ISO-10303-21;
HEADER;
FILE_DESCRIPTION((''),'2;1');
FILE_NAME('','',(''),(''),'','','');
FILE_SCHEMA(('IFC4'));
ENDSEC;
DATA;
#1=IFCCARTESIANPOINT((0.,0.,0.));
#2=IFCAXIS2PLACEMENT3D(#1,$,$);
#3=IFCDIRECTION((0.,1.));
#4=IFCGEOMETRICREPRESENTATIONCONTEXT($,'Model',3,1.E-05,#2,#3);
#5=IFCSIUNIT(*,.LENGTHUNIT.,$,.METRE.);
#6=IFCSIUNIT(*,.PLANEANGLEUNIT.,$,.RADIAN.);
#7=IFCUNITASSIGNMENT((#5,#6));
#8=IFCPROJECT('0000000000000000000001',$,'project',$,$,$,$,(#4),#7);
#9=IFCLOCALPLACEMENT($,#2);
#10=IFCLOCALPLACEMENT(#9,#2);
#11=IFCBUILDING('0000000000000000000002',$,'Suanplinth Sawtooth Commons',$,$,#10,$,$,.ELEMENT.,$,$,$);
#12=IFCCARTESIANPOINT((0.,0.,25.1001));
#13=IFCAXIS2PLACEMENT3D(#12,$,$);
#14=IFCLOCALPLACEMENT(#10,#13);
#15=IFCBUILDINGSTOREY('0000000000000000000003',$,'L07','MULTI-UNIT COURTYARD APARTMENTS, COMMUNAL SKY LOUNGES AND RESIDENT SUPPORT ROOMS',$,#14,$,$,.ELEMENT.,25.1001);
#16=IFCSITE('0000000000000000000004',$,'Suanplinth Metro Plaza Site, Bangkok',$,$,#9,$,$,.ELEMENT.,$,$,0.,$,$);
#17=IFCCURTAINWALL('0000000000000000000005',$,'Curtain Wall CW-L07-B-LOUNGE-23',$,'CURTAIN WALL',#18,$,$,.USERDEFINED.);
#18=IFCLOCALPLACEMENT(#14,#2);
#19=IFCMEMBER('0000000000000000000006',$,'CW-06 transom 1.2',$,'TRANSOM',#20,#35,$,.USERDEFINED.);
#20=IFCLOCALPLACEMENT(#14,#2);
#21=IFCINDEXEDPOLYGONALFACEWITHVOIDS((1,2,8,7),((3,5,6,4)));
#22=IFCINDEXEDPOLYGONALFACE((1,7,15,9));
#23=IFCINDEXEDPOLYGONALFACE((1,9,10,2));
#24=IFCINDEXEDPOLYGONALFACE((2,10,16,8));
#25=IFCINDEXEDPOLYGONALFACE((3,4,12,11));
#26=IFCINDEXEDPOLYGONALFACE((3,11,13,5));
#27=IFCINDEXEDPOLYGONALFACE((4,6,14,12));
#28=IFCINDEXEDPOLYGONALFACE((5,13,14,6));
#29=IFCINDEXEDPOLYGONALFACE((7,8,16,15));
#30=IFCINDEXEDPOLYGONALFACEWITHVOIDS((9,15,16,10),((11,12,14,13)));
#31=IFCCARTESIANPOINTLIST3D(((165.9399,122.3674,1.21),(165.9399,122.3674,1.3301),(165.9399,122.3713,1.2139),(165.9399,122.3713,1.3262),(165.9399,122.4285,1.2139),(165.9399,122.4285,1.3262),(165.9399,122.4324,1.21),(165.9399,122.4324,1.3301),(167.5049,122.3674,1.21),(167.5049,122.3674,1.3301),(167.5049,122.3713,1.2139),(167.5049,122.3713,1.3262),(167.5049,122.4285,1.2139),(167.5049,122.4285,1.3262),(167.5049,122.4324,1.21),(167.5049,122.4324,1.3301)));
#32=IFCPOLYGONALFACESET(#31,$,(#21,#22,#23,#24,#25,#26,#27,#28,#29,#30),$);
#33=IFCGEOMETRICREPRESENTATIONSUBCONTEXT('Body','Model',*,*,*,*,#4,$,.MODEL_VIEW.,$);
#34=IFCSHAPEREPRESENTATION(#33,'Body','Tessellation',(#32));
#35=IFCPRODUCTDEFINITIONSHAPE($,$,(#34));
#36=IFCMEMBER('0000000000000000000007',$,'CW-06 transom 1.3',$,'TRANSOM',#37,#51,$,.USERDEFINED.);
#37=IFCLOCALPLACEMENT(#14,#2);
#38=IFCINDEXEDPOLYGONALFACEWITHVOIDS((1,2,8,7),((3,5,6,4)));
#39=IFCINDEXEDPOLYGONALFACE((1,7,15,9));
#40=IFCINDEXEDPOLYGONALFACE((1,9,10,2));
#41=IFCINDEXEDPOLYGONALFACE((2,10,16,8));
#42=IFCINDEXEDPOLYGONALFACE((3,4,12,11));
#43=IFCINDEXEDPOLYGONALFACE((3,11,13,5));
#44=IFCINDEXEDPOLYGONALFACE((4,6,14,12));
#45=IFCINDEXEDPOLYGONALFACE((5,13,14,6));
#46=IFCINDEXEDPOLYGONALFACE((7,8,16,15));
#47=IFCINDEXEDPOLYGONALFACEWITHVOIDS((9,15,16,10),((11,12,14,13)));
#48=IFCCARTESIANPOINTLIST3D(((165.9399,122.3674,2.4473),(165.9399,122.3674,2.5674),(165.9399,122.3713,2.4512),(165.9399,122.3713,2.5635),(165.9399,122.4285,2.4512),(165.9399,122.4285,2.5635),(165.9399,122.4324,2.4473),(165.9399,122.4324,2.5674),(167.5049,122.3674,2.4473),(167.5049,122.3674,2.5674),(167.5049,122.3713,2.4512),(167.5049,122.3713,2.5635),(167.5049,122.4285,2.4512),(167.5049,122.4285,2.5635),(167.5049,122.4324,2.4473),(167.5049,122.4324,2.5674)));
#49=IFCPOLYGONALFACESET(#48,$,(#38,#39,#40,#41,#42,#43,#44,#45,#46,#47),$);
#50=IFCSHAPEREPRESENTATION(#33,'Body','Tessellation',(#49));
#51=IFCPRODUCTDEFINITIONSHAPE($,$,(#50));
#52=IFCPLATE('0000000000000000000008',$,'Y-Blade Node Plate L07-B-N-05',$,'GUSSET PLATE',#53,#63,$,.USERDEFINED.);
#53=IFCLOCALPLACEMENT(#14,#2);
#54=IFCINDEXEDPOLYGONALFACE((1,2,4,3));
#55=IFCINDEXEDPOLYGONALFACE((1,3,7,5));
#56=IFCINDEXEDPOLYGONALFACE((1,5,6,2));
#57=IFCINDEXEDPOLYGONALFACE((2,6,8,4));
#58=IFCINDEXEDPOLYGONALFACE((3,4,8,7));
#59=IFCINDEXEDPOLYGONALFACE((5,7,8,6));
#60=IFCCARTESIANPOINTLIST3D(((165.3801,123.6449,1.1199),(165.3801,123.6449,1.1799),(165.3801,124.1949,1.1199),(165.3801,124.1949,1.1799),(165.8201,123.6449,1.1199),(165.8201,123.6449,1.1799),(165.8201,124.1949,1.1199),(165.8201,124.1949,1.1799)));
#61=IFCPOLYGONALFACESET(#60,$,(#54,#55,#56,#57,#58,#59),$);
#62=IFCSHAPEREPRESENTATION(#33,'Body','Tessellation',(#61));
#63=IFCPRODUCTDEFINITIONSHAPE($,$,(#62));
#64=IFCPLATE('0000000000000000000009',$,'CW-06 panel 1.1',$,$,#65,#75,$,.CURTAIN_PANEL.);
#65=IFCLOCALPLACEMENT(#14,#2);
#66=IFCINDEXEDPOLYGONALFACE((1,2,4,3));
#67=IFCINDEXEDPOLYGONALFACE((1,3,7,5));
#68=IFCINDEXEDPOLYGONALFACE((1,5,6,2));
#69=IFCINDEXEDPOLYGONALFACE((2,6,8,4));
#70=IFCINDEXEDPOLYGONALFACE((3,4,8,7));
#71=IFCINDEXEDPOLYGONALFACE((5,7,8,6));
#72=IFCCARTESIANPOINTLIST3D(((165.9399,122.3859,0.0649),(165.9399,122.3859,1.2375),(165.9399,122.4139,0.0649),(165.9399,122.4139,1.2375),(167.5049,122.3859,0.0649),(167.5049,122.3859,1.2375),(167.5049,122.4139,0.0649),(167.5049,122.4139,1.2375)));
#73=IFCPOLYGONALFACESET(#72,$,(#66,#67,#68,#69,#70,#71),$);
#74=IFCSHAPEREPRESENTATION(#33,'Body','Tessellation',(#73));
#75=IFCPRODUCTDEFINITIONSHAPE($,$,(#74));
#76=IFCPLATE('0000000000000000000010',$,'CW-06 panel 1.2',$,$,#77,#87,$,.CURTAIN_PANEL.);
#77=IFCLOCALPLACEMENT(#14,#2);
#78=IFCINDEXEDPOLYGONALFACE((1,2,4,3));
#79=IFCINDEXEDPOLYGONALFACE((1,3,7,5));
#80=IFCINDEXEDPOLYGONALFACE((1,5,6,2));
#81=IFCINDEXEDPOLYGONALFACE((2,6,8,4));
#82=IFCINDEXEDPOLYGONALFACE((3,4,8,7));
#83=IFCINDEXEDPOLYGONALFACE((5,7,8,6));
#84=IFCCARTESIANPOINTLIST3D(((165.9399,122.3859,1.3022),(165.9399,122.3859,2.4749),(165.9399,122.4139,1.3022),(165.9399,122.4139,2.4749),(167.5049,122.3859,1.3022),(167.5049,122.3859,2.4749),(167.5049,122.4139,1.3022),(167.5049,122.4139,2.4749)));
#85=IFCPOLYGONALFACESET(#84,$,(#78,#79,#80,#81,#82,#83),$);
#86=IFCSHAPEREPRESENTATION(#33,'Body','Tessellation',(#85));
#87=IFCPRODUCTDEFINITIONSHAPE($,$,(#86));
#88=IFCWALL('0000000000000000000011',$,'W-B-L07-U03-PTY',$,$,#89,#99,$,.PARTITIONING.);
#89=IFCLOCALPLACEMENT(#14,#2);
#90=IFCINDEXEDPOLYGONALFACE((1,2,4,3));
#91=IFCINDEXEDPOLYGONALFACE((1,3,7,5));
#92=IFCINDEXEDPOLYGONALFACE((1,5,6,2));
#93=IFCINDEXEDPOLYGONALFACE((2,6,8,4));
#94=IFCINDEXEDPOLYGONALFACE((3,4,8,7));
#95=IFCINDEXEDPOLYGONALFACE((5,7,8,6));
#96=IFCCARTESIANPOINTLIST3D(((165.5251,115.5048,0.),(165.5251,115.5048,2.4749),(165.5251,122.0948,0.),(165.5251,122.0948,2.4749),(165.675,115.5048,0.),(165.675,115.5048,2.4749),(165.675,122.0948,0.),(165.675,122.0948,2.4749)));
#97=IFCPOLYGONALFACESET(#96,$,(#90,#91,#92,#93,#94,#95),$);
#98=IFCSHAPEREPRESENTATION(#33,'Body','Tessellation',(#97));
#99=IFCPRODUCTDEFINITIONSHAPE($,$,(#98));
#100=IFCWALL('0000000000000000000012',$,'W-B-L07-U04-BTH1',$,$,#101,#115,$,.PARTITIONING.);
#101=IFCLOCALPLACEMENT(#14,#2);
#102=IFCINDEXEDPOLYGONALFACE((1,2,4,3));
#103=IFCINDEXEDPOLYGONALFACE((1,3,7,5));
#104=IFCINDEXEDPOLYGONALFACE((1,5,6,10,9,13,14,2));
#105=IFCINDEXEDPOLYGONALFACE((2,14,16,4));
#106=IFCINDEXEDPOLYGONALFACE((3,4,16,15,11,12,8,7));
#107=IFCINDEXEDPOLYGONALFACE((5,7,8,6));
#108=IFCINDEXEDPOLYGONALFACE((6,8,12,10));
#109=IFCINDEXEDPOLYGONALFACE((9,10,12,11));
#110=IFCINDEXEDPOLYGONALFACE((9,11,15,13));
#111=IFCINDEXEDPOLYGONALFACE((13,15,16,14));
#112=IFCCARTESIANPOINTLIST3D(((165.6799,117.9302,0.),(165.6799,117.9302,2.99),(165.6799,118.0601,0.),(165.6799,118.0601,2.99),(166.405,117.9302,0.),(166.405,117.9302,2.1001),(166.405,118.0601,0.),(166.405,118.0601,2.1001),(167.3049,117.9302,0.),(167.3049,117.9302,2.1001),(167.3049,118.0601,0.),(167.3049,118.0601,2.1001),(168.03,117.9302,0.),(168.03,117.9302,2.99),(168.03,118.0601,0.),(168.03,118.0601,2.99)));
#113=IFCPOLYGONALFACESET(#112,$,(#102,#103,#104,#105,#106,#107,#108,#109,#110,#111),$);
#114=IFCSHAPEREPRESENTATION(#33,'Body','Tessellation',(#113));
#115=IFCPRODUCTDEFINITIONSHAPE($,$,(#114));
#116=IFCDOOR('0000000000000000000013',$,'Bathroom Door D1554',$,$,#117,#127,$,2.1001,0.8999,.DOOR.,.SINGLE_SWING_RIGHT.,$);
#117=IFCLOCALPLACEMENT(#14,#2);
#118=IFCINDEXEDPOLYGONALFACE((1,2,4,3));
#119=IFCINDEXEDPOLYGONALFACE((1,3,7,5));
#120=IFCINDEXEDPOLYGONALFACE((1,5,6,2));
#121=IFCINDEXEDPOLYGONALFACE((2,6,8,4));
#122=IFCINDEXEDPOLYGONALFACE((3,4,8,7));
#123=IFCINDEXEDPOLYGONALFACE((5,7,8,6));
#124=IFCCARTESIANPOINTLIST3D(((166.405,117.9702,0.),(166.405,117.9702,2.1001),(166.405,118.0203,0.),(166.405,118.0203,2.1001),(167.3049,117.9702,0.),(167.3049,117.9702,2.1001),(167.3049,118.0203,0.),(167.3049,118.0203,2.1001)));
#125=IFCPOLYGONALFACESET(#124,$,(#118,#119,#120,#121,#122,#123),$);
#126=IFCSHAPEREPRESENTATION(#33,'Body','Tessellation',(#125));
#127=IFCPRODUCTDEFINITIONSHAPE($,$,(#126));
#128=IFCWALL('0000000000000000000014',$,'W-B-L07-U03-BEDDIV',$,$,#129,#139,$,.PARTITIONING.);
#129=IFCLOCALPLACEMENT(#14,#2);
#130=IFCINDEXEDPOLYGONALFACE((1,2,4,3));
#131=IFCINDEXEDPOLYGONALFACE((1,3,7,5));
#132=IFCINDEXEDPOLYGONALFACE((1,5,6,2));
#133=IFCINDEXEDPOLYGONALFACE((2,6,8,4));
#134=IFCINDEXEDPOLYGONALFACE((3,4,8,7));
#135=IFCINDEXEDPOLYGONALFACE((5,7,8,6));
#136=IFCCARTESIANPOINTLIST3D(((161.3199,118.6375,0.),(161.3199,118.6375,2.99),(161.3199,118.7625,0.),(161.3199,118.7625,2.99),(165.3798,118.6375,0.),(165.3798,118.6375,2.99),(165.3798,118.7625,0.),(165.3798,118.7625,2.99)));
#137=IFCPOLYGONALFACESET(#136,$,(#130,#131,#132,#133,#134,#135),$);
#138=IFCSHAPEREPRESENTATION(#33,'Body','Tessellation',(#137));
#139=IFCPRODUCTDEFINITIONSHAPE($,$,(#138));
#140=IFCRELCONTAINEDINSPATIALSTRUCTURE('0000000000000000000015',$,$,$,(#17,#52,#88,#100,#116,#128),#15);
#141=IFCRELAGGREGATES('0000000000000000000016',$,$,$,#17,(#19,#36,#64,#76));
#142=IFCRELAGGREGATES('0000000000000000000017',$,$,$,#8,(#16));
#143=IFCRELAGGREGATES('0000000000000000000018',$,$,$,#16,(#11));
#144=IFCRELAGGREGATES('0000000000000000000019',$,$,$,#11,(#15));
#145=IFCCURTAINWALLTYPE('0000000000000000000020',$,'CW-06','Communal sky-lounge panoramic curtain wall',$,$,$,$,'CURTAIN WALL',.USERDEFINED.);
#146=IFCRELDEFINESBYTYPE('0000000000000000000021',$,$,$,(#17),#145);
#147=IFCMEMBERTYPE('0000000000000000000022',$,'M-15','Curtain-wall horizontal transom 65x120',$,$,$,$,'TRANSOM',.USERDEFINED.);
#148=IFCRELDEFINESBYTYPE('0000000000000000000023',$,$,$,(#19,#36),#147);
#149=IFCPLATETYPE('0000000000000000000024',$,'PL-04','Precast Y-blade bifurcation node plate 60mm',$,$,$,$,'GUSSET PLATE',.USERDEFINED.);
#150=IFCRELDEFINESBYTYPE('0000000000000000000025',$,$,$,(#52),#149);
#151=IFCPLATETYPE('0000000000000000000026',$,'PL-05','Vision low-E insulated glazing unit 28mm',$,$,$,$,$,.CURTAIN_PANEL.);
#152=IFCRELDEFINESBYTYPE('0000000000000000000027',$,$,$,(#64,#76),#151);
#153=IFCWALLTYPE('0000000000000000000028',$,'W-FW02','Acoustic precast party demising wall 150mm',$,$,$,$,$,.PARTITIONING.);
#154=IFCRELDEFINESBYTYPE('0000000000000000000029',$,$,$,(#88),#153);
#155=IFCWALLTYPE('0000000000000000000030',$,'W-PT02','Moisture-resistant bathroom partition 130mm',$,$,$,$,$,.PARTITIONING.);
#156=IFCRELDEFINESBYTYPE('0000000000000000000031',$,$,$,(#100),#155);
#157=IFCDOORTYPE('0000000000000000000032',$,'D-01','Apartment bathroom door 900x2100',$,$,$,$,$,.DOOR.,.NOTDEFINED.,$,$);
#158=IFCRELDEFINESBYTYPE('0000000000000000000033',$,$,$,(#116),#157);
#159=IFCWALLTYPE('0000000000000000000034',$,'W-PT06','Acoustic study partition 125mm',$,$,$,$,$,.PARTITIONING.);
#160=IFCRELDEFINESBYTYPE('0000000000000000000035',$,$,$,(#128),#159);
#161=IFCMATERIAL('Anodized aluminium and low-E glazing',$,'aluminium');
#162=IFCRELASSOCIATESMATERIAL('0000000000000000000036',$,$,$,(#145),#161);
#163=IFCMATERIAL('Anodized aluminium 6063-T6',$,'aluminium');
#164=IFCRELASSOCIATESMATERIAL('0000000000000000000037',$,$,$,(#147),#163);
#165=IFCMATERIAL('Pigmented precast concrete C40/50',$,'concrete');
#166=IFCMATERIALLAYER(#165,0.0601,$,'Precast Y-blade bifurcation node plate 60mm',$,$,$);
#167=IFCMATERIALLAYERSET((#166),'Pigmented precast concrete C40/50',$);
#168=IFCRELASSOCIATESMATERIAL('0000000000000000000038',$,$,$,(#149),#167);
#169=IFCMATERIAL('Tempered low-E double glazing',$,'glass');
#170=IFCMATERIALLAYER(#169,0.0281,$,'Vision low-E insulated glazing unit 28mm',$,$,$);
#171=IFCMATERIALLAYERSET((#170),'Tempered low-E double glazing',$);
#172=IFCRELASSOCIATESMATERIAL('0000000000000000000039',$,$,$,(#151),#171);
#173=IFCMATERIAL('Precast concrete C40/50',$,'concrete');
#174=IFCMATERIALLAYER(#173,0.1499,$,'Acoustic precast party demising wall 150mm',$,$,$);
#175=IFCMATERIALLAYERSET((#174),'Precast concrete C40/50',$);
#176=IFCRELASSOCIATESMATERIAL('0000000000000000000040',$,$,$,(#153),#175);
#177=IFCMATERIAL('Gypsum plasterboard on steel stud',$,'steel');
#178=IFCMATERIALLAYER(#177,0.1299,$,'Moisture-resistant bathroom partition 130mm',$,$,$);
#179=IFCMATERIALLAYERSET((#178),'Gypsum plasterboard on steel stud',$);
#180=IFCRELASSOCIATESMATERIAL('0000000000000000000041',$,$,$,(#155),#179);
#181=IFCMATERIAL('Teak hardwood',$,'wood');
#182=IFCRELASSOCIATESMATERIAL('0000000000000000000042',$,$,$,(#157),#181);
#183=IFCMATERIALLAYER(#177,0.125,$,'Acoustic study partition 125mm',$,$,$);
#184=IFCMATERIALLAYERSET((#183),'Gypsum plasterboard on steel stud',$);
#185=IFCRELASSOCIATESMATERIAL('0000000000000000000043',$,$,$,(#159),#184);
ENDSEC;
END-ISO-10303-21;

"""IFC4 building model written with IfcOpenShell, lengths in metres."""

from ifc_helpers import new_model, si_unit, direction, frame, frame_2d, origin, origin_2d, place, context, subcontext, project, spatial, rectangle, hollow_rectangle, extrude, material, layer, layer_set, material_profile, profile_set, type_object, element, fill, aggregate, save


model = new_model("IFC4")

# Units and contexts
model_context = context("Model", 3, precision=1e-05, world=origin(), true_north=direction((0.0, 1.0)))
body_context = subcontext(model_context, "Body", "Model", "MODEL_VIEW")
ifc_project = project(units=[si_unit("LENGTHUNIT", "METRE"), si_unit("PLANEANGLEUNIT", "RADIAN")], contexts=[model_context])

# Site, building, storey
site_placement = place(None, origin())
site = spatial("IfcSite", under=ifc_project, at=site_placement, Name="Suanplinth Metro Plaza Site, Bangkok", CompositionType="ELEMENT", RefElevation=0.0)
building_placement = place(site_placement, origin())
building = spatial("IfcBuilding", under=site, at=building_placement, Name="Suanplinth Sawtooth Commons", CompositionType="ELEMENT")
storey_placement = place(building_placement, frame((0.0, 0.0, 25.1001)))
storey = spatial("IfcBuildingStorey", under=building, at=storey_placement, Name="L07", Description="MULTI-UNIT COURTYARD APARTMENTS, COMMUNAL SKY LOUNGES AND RESIDENT SUPPORT ROOMS", CompositionType="ELEMENT", Elevation=25.1001)

# Shared definitions
ifc_material_1 = material(Name="Precast concrete C40/50", Category="concrete")

# Shared definitions
ifc_material_2 = material(Name="Pigmented precast concrete C40/50", Category="concrete")

# Curtain wall, members
ifc_material_3 = material(Name="Anodized aluminium and low-E glazing", Category="aluminium")
curtain_wall_type = type_object("IfcCurtainWallType", Name="CW-06", Description="Communal sky-lounge panoramic curtain wall", ElementType="CURTAIN WALL", PredefinedType="USERDEFINED", material=ifc_material_3)
curtain_wall_placement = place(storey_placement, origin())
curtain_wall = element("IfcCurtainWall", 1, at=curtain_wall_placement, inside=storey, type_object=curtain_wall_type, Name="Curtain Wall CW-L07-B-LOUNGE-23", ObjectType="CURTAIN WALL", PredefinedType="USERDEFINED")
ifc_material_4 = material(Name="Anodized aluminium 6063-T6", Category="aluminium")
ifc_material_profile_1 = material_profile(ifc_material_4, hollow_rectangle(XDim=0.0649, YDim=0.1201, WallThickness=0.0039, at=origin_2d()), Name="ALU-TRN 65x120")
ifc_profile_set_1 = profile_set([ifc_material_profile_1], Name="Anodized aluminium 6063-T6")
member_type_1 = type_object("IfcMemberType", Name="M-15", Description="Curtain-wall horizontal transom 65x120", ElementType="TRANSOM", PredefinedType="USERDEFINED", material=ifc_profile_set_1)
member_1_placement = place(storey_placement, frame((165.9399, 122.3999, 1.27), z_axis=(1.0, 0.0, 0.0), x_axis=(0.0, 1.0, 0.0)))
member_1 = element("IfcMember", 2, at=member_1_placement, type_object=member_type_1, Name="CW-06 transom 1.2", ObjectType="TRANSOM", PredefinedType="USERDEFINED", context=body_context, shape_type="SweptSolid", body=[
    extrude(hollow_rectangle(XDim=0.0649, YDim=0.1201, WallThickness=0.0039, at=origin_2d()), origin(), (0.0, 0.0, 1.0), 1.5649),
])
member_2_placement = place(storey_placement, frame((165.9399, 122.3999, 2.5073), z_axis=(1.0, 0.0, 0.0), x_axis=(0.0, 1.0, 0.0)))
member_2 = element("IfcMember", 3, at=member_2_placement, type_object=member_type_1, Name="CW-06 transom 1.3", ObjectType="TRANSOM", PredefinedType="USERDEFINED", context=body_context, shape_type="SweptSolid", body=[
    extrude(hollow_rectangle(XDim=0.0649, YDim=0.1201, WallThickness=0.0039, at=origin_2d()), origin(), (0.0, 0.0, 1.0), 1.5649),
])

# Plates
ifc_layer_1 = layer(ifc_material_2, 0.0601, Name="Precast Y-blade bifurcation node plate 60mm")
ifc_layer_set_1 = layer_set([ifc_layer_1], Name="Pigmented precast concrete C40/50")
plate_type_1 = type_object("IfcPlateType", Name="PL-04", Description="Precast Y-blade bifurcation node plate 60mm", ElementType="GUSSET PLATE", PredefinedType="USERDEFINED", material=ifc_layer_set_1)
plate_1_placement = place(storey_placement, frame((165.6001, 123.9199, 1.1199), z_axis=(0.0, 0.0, 1.0), x_axis=(1.0, 0.0, 0.0)))
element("IfcPlate", 4, at=plate_1_placement, inside=storey, type_object=plate_type_1, Name="Y-Blade Node Plate L07-B-N-05", ObjectType="GUSSET PLATE", PredefinedType="USERDEFINED", context=body_context, shape_type="SweptSolid", body=[
    extrude(rectangle(XDim=0.4399, YDim=0.55, at=origin_2d()), origin(), (0.0, 0.0, 1.0), 0.0601),
])
ifc_material_5 = material(Name="Tempered low-E double glazing", Category="glass")
ifc_layer_2 = layer(ifc_material_5, 0.0281, Name="Vision low-E insulated glazing unit 28mm")
ifc_layer_set_2 = layer_set([ifc_layer_2], Name="Tempered low-E double glazing")
plate_type_2 = type_object("IfcPlateType", Name="PL-05", Description="Vision low-E insulated glazing unit 28mm", PredefinedType="CURTAIN_PANEL", material=ifc_layer_set_2)
plate_2_placement = place(storey_placement, frame((166.7224, 122.3999, 0.0649), z_axis=(0.0, 0.0, 1.0), x_axis=(1.0, 0.0, 0.0)))
plate_2 = element("IfcPlate", 5, at=plate_2_placement, type_object=plate_type_2, Name="CW-06 panel 1.1", PredefinedType="CURTAIN_PANEL", context=body_context, shape_type="SweptSolid", body=[
    extrude(rectangle(XDim=1.5649, YDim=0.0281, at=origin_2d()), origin(), (0.0, 0.0, 1.0), 1.1726),
])
plate_3_placement = place(storey_placement, frame((166.7224, 122.3999, 1.3022), z_axis=(0.0, 0.0, 1.0), x_axis=(1.0, 0.0, 0.0)))
plate_3 = element("IfcPlate", 6, at=plate_3_placement, type_object=plate_type_2, Name="CW-06 panel 1.2", PredefinedType="CURTAIN_PANEL", context=body_context, shape_type="SweptSolid", body=[
    extrude(rectangle(XDim=1.5649, YDim=0.0281, at=origin_2d()), origin(), (0.0, 0.0, 1.0), 1.1726),
])
aggregate(curtain_wall, [member_1, member_2, plate_2, plate_3])

# Wall
ifc_layer_3 = layer(ifc_material_1, 0.1499, Name="Acoustic precast party demising wall 150mm")
ifc_layer_set_3 = layer_set([ifc_layer_3], Name="Precast concrete C40/50")
wall_type_1 = type_object("IfcWallType", Name="W-FW02", Description="Acoustic precast party demising wall 150mm", PredefinedType="PARTITIONING", material=ifc_layer_set_3)
wall_1_placement = place(storey_placement, frame((165.6001, 115.5049, 0.0), z_axis=(0.0, 0.0, 1.0), x_axis=(0.0, 1.0, 0.0)))
element("IfcWall", 7, at=wall_1_placement, inside=storey, type_object=wall_type_1, Name="W-B-L07-U03-PTY", PredefinedType="PARTITIONING", context=body_context, shape_type="SweptSolid", body=[
    extrude(rectangle(XDim=6.5901, YDim=0.1499, at=frame_2d((3.2949, 0.0))), origin(), (0.0, 0.0, 1.0), 2.4749),
])

# Wall, opening, door
ifc_material_6 = material(Name="Gypsum plasterboard on steel stud", Category="steel")
ifc_layer_4 = layer(ifc_material_6, 0.1299, Name="Moisture-resistant bathroom partition 130mm")
ifc_layer_set_4 = layer_set([ifc_layer_4], Name="Gypsum plasterboard on steel stud")
wall_type_2 = type_object("IfcWallType", Name="W-PT02", Description="Moisture-resistant bathroom partition 130mm", PredefinedType="PARTITIONING", material=ifc_layer_set_4)
wall_2_placement = place(storey_placement, frame((165.6799, 117.9951, 0.0), z_axis=(0.0, 0.0, 1.0), x_axis=(1.0, 0.0, 0.0)))
wall_2 = element("IfcWall", 8, at=wall_2_placement, inside=storey, type_object=wall_type_2, Name="W-B-L07-U04-BTH1", PredefinedType="PARTITIONING", context=body_context, shape_type="SweptSolid", body=[
    extrude(rectangle(XDim=2.3501, YDim=0.1299, at=frame_2d((1.175, 0.0))), origin(), (0.0, 0.0, 1.0), 2.99),
])
opening_1_placement = place(wall_2_placement, frame((0.7251, 0.0, 0.0)))
opening_1 = element("IfcOpeningElement", 9, at=opening_1_placement, cuts=wall_2, PredefinedType="OPENING", context=body_context, shape_type="SweptSolid", body=[
    extrude(rectangle(XDim=0.8999, YDim=2.1001, at=frame_2d((0.45, 1.05))), frame((0.0, 0.0798, 0.0), z_axis=(0.0, -1.0, 0.0), x_axis=(1.0, 0.0, 0.0)), (0.0, 0.0, 1.0), 0.1597),
])
ifc_material_7 = material(Name="Teak hardwood", Category="wood")
door_type_1 = type_object("IfcDoorType", Name="D-01", Description="Apartment bathroom door 900x2100", OperationType="NOTDEFINED", PredefinedType="DOOR", material=ifc_material_7)
door_1_placement = place(opening_1_placement, frame((0.8999, 0.0, 0.0), z_axis=(0.0, 0.0, 1.0), x_axis=(-1.0, 0.0, 0.0)))
door_1 = element("IfcDoor", 10, at=door_1_placement, inside=storey, type_object=door_type_1, Name="Bathroom Door D1554", OperationType="SINGLE_SWING_RIGHT", OverallHeight=2.1001, OverallWidth=0.8999, PredefinedType="DOOR", context=body_context, shape_type="SweptSolid", body=[
    extrude(rectangle(XDim=0.8999, YDim=2.1001, at=frame_2d((0.45, 1.05))), frame((0.0, 0.0249, 0.0), z_axis=(0.0, -1.0, 0.0), x_axis=(1.0, 0.0, 0.0)), (0.0, 0.0, 1.0), 0.05),
])
fill(opening_1, door_1)

# Wall
ifc_layer_5 = layer(ifc_material_6, 0.125, Name="Acoustic study partition 125mm")
ifc_layer_set_5 = layer_set([ifc_layer_5], Name="Gypsum plasterboard on steel stud")
wall_type_3 = type_object("IfcWallType", Name="W-PT06", Description="Acoustic study partition 125mm", PredefinedType="PARTITIONING", material=ifc_layer_set_5)
wall_3_placement = place(storey_placement, frame((161.3201, 118.7, 0.0), z_axis=(0.0, 0.0, 1.0), x_axis=(1.0, 0.0, 0.0)))
element("IfcWall", 11, at=wall_3_placement, inside=storey, type_object=wall_type_3, Name="W-B-L07-U03-BEDDIV", PredefinedType="PARTITIONING", context=body_context, shape_type="SweptSolid", body=[
    extrude(rectangle(XDim=4.0598, YDim=0.125, at=frame_2d((2.0298, 0.0))), origin(), (0.0, 0.0, 1.0), 2.99),
])

save(model, "model.ifc")
